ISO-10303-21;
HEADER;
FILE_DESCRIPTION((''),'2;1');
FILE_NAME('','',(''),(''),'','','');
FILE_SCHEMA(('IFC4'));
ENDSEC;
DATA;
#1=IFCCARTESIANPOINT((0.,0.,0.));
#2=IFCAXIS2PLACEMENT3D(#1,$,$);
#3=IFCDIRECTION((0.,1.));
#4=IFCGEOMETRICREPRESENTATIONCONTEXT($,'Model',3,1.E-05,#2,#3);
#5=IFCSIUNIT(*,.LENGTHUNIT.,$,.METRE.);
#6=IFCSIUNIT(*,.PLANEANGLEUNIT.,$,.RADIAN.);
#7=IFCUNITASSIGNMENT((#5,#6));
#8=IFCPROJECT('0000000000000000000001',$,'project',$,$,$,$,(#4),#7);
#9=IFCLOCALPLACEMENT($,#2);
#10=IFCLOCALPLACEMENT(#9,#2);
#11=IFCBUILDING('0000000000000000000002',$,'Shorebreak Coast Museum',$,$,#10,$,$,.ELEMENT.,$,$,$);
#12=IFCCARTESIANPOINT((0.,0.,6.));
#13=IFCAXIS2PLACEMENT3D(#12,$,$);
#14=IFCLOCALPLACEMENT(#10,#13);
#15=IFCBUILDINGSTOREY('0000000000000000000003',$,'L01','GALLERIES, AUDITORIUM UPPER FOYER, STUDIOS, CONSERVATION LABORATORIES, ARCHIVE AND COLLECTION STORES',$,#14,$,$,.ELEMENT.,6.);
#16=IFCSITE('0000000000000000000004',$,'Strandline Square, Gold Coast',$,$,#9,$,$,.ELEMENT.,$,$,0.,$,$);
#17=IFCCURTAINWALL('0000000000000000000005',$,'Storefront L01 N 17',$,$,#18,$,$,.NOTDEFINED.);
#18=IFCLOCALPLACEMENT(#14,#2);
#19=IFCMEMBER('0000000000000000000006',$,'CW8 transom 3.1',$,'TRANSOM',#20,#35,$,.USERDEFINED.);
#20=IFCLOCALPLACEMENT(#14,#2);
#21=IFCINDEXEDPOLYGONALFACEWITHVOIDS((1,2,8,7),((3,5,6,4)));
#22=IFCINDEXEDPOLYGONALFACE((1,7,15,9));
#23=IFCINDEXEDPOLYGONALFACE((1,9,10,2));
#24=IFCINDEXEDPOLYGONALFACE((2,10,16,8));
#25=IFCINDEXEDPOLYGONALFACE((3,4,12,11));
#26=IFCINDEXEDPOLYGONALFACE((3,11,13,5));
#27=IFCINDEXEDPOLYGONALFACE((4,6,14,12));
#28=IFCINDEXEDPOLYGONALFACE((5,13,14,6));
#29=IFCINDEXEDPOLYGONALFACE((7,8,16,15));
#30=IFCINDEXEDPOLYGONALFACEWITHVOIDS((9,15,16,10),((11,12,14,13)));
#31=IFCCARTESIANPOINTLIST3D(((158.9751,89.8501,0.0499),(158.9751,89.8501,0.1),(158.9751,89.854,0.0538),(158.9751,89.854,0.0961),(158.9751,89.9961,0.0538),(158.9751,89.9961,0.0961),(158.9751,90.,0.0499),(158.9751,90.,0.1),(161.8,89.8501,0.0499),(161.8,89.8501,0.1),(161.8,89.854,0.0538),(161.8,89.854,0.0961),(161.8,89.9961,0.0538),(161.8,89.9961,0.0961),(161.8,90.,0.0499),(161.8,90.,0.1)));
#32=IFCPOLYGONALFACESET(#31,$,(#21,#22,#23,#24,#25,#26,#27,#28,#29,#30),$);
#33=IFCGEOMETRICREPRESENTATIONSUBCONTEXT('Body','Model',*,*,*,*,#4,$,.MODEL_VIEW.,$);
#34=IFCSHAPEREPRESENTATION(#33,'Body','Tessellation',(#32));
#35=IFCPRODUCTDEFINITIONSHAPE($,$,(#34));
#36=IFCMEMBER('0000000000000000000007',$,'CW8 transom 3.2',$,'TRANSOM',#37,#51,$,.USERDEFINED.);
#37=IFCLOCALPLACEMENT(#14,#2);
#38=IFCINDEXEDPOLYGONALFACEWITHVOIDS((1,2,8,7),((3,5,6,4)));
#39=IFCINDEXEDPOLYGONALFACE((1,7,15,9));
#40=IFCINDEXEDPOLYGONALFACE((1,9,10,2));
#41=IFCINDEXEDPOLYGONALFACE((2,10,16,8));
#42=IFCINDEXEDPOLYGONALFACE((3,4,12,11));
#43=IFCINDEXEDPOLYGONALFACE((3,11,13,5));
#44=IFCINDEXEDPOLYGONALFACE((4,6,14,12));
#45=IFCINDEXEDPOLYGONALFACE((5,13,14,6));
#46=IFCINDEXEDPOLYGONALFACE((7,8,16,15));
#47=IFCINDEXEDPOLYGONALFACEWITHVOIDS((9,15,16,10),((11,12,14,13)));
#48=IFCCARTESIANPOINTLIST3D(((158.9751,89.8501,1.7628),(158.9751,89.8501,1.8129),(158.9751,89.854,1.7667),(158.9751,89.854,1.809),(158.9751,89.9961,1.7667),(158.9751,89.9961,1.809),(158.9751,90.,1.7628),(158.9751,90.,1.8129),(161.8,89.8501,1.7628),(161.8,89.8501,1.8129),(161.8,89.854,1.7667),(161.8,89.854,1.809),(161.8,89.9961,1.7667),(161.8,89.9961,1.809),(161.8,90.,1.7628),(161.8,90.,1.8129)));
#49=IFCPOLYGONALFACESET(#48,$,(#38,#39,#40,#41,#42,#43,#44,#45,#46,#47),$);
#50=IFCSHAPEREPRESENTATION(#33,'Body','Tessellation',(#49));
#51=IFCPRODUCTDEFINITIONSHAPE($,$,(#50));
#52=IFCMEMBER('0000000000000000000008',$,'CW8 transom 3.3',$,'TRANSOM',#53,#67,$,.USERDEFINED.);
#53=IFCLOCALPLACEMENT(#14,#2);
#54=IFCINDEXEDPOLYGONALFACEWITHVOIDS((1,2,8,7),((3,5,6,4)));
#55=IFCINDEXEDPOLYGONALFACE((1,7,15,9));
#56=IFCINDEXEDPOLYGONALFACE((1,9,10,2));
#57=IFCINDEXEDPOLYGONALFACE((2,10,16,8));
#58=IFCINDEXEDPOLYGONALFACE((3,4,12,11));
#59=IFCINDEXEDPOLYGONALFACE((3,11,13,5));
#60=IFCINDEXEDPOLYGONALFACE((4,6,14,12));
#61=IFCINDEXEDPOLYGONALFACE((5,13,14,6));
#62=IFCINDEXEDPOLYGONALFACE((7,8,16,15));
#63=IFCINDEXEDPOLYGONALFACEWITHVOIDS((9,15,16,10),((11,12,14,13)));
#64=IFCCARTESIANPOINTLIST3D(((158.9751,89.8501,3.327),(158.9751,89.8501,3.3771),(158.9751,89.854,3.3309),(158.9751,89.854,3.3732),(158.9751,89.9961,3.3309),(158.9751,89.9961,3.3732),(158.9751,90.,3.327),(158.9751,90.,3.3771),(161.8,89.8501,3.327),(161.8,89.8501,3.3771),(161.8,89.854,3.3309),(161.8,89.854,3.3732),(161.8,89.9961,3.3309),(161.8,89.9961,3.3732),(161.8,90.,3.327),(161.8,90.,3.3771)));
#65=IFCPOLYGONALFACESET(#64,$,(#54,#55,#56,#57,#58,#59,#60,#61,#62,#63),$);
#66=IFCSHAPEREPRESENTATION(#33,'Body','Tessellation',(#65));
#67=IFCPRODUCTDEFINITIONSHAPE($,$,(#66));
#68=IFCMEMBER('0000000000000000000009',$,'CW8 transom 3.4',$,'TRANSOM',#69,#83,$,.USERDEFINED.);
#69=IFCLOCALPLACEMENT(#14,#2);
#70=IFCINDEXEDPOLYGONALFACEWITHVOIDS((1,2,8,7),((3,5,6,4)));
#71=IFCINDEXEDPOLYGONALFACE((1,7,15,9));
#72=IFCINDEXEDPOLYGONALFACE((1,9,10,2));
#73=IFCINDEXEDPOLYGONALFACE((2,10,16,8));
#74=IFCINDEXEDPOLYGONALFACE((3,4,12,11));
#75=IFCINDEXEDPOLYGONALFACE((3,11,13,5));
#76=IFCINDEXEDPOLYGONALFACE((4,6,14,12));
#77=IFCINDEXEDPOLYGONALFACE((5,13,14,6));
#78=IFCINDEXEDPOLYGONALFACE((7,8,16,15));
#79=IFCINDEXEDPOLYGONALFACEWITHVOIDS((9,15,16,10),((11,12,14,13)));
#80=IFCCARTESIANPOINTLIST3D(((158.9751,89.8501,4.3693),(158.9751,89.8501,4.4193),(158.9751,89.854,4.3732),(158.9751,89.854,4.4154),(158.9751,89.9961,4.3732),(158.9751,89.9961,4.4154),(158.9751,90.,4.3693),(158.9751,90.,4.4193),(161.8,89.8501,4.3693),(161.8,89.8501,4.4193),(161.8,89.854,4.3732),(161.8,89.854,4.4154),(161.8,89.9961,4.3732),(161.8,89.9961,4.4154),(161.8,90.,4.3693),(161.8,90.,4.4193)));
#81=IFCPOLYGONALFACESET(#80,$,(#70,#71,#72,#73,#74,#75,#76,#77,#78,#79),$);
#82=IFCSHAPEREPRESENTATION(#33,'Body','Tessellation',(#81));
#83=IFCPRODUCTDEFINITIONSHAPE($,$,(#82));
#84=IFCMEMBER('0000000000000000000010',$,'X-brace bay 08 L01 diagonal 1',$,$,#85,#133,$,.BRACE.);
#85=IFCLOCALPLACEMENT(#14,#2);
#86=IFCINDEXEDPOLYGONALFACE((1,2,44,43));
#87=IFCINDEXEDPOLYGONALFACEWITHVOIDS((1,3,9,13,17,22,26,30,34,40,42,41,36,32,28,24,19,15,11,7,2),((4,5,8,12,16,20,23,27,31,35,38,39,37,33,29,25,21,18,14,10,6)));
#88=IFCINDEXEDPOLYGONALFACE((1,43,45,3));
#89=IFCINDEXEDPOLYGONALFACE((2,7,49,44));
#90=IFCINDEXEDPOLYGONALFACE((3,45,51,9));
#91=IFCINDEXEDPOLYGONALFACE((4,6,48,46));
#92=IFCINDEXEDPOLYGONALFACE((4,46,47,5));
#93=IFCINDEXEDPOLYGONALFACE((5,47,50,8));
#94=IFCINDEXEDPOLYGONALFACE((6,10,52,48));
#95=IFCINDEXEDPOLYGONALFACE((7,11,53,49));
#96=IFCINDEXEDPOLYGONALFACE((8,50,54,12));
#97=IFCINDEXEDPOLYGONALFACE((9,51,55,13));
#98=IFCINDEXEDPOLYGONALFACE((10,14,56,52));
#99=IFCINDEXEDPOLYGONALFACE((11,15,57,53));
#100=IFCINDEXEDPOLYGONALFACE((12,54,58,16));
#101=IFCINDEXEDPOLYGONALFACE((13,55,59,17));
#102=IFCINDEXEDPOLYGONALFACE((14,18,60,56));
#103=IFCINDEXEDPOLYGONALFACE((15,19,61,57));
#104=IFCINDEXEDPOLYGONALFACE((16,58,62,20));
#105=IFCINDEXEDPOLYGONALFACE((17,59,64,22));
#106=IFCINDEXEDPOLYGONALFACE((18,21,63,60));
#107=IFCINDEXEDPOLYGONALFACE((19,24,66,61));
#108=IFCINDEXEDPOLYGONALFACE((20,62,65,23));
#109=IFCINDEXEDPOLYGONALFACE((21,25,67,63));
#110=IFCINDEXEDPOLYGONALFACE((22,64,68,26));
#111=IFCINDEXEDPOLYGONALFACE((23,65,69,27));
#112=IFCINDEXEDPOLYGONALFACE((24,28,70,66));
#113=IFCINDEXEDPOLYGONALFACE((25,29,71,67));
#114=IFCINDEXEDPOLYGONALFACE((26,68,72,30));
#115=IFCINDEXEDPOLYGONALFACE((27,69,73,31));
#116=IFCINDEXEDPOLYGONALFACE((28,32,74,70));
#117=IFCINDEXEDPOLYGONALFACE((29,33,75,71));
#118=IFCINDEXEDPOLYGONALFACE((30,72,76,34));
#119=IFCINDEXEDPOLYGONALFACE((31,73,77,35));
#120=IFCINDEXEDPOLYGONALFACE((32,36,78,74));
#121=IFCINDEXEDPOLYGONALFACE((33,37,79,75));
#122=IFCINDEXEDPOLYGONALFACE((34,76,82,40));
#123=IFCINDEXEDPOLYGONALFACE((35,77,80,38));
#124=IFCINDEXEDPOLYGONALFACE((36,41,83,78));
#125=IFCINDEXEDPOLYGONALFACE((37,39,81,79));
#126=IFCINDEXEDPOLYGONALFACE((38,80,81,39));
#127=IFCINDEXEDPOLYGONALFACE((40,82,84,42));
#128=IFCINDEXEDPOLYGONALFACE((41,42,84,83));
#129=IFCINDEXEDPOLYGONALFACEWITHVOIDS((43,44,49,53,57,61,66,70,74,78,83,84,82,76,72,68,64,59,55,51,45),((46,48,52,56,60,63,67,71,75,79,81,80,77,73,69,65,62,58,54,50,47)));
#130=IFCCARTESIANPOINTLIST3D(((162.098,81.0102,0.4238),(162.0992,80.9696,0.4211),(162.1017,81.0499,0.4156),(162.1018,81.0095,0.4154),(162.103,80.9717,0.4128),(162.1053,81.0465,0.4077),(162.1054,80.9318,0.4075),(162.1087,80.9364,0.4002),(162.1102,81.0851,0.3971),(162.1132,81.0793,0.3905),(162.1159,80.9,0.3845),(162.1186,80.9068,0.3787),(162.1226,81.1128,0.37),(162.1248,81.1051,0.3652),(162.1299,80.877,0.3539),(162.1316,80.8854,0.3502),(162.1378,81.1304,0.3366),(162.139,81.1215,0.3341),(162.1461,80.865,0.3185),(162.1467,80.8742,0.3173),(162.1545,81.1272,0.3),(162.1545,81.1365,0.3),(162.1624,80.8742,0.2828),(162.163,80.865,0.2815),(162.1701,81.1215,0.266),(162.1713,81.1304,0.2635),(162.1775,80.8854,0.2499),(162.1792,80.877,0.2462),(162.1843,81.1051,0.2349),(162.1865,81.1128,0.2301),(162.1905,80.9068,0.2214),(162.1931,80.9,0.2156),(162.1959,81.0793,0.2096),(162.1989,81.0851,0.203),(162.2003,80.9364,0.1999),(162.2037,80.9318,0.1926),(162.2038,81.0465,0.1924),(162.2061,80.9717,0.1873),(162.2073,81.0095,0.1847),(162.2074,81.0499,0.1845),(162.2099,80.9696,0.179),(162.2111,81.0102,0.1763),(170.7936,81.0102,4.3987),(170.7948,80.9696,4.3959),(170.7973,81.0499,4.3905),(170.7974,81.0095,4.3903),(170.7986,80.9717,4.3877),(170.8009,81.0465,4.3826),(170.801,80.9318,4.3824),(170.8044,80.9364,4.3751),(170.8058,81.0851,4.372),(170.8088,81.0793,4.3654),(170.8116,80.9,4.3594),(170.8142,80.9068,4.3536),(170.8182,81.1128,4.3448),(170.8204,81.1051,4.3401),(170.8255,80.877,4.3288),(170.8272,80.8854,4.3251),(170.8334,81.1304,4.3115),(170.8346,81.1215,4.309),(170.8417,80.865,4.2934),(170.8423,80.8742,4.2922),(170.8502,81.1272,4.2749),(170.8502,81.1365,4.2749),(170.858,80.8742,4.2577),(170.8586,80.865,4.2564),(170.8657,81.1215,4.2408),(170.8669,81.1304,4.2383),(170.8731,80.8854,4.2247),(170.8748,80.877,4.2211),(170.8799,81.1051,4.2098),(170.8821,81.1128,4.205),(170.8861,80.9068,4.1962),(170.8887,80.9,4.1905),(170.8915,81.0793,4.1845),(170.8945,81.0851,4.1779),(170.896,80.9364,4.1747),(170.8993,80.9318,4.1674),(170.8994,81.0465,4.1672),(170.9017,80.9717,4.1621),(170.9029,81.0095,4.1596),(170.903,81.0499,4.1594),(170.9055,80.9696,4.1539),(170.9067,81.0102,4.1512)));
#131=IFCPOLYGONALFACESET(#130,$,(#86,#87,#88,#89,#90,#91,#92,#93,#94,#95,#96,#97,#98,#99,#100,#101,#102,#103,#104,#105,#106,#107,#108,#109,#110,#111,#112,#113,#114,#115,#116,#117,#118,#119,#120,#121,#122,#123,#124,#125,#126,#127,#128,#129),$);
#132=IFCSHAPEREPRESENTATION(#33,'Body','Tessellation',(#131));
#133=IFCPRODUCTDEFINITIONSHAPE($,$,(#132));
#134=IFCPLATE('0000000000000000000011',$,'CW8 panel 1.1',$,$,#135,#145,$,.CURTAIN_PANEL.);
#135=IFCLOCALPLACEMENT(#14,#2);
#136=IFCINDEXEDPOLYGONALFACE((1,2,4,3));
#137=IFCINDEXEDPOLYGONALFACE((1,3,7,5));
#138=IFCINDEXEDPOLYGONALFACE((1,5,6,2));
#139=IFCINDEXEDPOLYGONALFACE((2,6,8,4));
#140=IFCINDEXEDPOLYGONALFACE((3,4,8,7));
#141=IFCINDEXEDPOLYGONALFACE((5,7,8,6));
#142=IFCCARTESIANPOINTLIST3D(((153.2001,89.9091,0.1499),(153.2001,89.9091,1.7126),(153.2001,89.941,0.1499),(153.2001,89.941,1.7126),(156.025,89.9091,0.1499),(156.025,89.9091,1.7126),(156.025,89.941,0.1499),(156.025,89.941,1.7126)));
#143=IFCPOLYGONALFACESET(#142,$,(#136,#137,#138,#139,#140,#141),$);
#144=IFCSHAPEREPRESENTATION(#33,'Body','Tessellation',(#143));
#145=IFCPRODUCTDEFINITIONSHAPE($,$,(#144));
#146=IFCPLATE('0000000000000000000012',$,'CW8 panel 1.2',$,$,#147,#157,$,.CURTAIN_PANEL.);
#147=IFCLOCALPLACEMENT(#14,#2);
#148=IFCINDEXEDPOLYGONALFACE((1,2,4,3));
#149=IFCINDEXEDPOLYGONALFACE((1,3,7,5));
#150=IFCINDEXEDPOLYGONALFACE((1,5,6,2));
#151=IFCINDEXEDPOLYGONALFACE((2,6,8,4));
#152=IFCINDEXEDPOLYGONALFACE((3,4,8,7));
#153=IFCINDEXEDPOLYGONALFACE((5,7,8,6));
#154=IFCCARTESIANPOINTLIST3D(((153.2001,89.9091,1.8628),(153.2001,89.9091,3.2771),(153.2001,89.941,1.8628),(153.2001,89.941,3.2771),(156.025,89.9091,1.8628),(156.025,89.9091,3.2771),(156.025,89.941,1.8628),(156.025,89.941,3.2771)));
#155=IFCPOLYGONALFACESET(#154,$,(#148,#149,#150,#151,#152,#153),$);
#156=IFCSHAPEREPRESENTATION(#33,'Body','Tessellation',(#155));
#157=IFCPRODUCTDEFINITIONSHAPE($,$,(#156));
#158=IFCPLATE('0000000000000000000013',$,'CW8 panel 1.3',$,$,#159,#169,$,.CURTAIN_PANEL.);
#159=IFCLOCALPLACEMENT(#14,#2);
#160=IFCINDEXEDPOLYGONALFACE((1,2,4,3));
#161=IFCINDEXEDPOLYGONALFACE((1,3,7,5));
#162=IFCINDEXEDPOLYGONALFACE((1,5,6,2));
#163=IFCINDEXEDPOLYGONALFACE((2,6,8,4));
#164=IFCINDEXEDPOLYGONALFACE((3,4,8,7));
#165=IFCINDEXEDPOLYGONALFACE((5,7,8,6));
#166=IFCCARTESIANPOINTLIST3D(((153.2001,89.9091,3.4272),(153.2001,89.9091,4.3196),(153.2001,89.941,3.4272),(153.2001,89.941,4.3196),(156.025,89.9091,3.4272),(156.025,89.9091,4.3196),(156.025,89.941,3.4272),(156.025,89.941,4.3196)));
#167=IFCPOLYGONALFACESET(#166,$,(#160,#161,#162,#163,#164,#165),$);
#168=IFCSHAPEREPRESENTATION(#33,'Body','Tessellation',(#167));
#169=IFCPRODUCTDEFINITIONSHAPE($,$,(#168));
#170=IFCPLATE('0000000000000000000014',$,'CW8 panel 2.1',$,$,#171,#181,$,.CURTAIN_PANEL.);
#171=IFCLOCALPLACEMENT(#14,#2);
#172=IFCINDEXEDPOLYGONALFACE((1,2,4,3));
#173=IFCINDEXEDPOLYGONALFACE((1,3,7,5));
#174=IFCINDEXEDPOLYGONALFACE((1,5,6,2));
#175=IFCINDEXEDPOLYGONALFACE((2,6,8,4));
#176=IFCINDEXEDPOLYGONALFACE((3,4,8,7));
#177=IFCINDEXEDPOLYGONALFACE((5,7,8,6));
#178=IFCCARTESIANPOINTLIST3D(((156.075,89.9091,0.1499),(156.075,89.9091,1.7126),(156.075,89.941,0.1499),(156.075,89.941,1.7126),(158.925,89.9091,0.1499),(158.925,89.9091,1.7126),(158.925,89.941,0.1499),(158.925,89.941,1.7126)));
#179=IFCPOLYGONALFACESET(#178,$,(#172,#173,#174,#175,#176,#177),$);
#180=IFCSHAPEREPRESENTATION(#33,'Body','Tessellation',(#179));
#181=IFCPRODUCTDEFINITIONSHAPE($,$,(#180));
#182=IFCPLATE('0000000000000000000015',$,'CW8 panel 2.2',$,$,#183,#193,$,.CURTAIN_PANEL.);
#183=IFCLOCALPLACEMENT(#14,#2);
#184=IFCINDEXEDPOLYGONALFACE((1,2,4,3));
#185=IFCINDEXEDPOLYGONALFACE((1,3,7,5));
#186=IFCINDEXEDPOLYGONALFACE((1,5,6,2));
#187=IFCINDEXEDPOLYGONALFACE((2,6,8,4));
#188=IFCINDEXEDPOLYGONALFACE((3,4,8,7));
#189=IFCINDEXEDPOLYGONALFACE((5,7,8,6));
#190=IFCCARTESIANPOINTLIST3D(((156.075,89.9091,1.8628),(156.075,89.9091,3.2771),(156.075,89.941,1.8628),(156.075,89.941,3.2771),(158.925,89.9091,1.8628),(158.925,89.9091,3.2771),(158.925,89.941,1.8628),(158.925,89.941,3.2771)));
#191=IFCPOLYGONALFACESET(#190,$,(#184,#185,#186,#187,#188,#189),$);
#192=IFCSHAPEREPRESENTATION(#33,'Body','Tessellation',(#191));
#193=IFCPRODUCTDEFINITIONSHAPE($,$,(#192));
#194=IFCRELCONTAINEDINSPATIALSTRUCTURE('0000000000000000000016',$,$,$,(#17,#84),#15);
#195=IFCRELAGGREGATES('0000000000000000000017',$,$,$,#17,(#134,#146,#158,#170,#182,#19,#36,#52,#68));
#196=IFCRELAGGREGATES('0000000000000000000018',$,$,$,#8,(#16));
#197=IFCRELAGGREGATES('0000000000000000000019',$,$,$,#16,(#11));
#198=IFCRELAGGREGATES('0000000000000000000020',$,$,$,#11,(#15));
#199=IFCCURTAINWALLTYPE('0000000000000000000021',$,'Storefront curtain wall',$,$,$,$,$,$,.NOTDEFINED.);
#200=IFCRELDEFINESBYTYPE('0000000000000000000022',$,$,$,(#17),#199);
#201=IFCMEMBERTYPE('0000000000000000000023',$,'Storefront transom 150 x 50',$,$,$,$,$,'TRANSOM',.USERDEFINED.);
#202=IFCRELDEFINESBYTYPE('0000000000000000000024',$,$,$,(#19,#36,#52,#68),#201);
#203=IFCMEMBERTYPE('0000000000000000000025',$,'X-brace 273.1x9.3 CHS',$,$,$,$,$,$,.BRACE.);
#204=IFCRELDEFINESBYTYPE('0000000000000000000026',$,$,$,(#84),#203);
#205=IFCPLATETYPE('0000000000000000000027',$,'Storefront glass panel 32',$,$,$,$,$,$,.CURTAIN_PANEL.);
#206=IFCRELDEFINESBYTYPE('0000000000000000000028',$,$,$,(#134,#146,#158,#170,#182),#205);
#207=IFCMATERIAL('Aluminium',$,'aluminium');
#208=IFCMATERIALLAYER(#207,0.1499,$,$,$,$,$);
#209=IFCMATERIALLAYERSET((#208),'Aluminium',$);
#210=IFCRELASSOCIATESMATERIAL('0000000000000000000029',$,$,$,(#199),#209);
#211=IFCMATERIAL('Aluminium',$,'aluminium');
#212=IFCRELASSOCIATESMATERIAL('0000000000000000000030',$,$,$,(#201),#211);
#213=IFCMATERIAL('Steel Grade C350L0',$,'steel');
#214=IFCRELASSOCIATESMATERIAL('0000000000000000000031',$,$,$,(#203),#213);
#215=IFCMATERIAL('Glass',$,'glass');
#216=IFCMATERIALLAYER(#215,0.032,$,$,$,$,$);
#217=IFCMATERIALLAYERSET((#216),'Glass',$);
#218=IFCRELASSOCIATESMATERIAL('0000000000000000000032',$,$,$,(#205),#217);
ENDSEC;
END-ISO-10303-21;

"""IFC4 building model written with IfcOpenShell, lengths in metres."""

from ifc_helpers import new_model, si_unit, direction, frame, origin, origin_2d, place, context, subcontext, project, spatial, rectangle, hollow_rectangle, hollow_circle, extrude, material, layer, layer_set, material_profile, profile_set, type_object, element, aggregate, save


model = new_model("IFC4")

# Units and contexts
model_context = context("Model", 3, precision=1e-05, world=origin(), true_north=direction((0.0, 1.0)))
body_context = subcontext(model_context, "Body", "Model", "MODEL_VIEW")
ifc_project = project(units=[si_unit("LENGTHUNIT", "METRE"), si_unit("PLANEANGLEUNIT", "RADIAN")], contexts=[model_context])

# Site, building, storey
site_placement = place(None, origin())
site = spatial("IfcSite", under=ifc_project, at=site_placement, Name="Strandline Square, Gold Coast", CompositionType="ELEMENT", RefElevation=0.0)
building_placement = place(site_placement, origin())
building = spatial("IfcBuilding", under=site, at=building_placement, Name="Shorebreak Coast Museum", CompositionType="ELEMENT")
storey_placement = place(building_placement, frame((0.0, 0.0, 6.0)))
storey = spatial("IfcBuildingStorey", under=building, at=storey_placement, Name="L01", Description="GALLERIES, AUDITORIUM UPPER FOYER, STUDIOS, CONSERVATION LABORATORIES, ARCHIVE AND COLLECTION STORES", CompositionType="ELEMENT", Elevation=6.0)

# Curtain wall, members
ifc_material_1 = material(Name="Aluminium", Category="aluminium")
ifc_layer_1 = layer(ifc_material_1, 0.1499)
ifc_layer_set_1 = layer_set([ifc_layer_1], Name="Aluminium")
curtain_wall_type = type_object("IfcCurtainWallType", Name="Storefront curtain wall", PredefinedType="NOTDEFINED", material=ifc_layer_set_1)
curtain_wall_placement = place(storey_placement, origin())
curtain_wall = element("IfcCurtainWall", 1, at=curtain_wall_placement, inside=storey, type_object=curtain_wall_type, Name="Storefront L01 N 17", PredefinedType="NOTDEFINED")
ifc_material_2 = material(Name="Aluminium", Category="aluminium")
ifc_material_profile_1 = material_profile(ifc_material_2, hollow_rectangle(XDim=0.1499, YDim=0.05, WallThickness=0.0039, at=origin_2d()), Name="AL 50x150 RHS")
ifc_profile_set_1 = profile_set([ifc_material_profile_1], Name="Aluminium")
member_type_1 = type_object("IfcMemberType", Name="Storefront transom 150 x 50", ElementType="TRANSOM", PredefinedType="USERDEFINED", material=ifc_profile_set_1)
member_1_placement = place(storey_placement, frame((158.9751, 89.925, 0.075), z_axis=(1.0, 0.0, 0.0), x_axis=(0.0, 1.0, 0.0)))
member_1 = element("IfcMember", 2, at=member_1_placement, type_object=member_type_1, Name="CW8 transom 3.1", ObjectType="TRANSOM", PredefinedType="USERDEFINED", context=body_context, shape_type="SweptSolid", body=[
    extrude(hollow_rectangle(XDim=0.1499, YDim=0.05, WallThickness=0.0039, at=origin_2d()), origin(), (0.0, 0.0, 1.0), 2.825),
])
member_2_placement = place(storey_placement, frame((158.9751, 89.925, 1.7878), z_axis=(1.0, 0.0, 0.0), x_axis=(0.0, 1.0, 0.0)))
member_2 = element("IfcMember", 3, at=member_2_placement, type_object=member_type_1, Name="CW8 transom 3.2", ObjectType="TRANSOM", PredefinedType="USERDEFINED", context=body_context, shape_type="SweptSolid", body=[
    extrude(hollow_rectangle(XDim=0.1499, YDim=0.05, WallThickness=0.0039, at=origin_2d()), origin(), (0.0, 0.0, 1.0), 2.825),
])
member_3_placement = place(storey_placement, frame((158.9751, 89.925, 3.3521), z_axis=(1.0, 0.0, 0.0), x_axis=(0.0, 1.0, 0.0)))
member_3 = element("IfcMember", 4, at=member_3_placement, type_object=member_type_1, Name="CW8 transom 3.3", ObjectType="TRANSOM", PredefinedType="USERDEFINED", context=body_context, shape_type="SweptSolid", body=[
    extrude(hollow_rectangle(XDim=0.1499, YDim=0.05, WallThickness=0.0039, at=origin_2d()), origin(), (0.0, 0.0, 1.0), 2.825),
])
member_4_placement = place(storey_placement, frame((158.9751, 89.925, 4.3943), z_axis=(1.0, 0.0, 0.0), x_axis=(0.0, 1.0, 0.0)))
member_4 = element("IfcMember", 5, at=member_4_placement, type_object=member_type_1, Name="CW8 transom 3.4", ObjectType="TRANSOM", PredefinedType="USERDEFINED", context=body_context, shape_type="SweptSolid", body=[
    extrude(hollow_rectangle(XDim=0.1499, YDim=0.05, WallThickness=0.0039, at=origin_2d()), origin(), (0.0, 0.0, 1.0), 2.825),
])

# Member
ifc_material_3 = material(Name="Steel Grade C350L0", Category="steel")
ifc_material_profile_2 = material_profile(ifc_material_3, hollow_circle(Radius=0.1365, WallThickness=0.0093, at=origin_2d()), Name="273.1x9.3 CHS")
ifc_profile_set_2 = profile_set([ifc_material_profile_2], Name="Steel Grade C350L0")
member_type_2 = type_object("IfcMemberType", Name="X-brace 273.1x9.3 CHS", PredefinedType="BRACE", material=ifc_profile_set_2)
member_5_placement = place(storey_placement, frame((162.1545, 81.0, 0.3), z_axis=(0.909485, 0.0, 0.415737), x_axis=(0.0, 1.0, 0.0)))
element("IfcMember", 6, at=member_5_placement, inside=storey, type_object=member_type_2, Name="X-brace bay 08 L01 diagonal 1", PredefinedType="BRACE", context=body_context, shape_type="SweptSolid", body=[
    extrude(hollow_circle(Radius=0.1365, WallThickness=0.0093, at=origin_2d()), origin(), (0.0, 0.0, 1.0), 9.561),
])

# Plates
ifc_material_4 = material(Name="Glass", Category="glass")
ifc_layer_2 = layer(ifc_material_4, 0.032)
ifc_layer_set_2 = layer_set([ifc_layer_2], Name="Glass")
plate_type = type_object("IfcPlateType", Name="Storefront glass panel 32", PredefinedType="CURTAIN_PANEL", material=ifc_layer_set_2)
plate_1_placement = place(storey_placement, frame((154.6125, 89.925, 0.1499), z_axis=(0.0, 0.0, 1.0), x_axis=(1.0, 0.0, 0.0)))
plate_1 = element("IfcPlate", 7, at=plate_1_placement, type_object=plate_type, Name="CW8 panel 1.1", PredefinedType="CURTAIN_PANEL", context=body_context, shape_type="SweptSolid", body=[
    extrude(rectangle(XDim=2.825, YDim=0.032, at=origin_2d()), origin(), (0.0, 0.0, 1.0), 1.5627),
])
plate_2_placement = place(storey_placement, frame((154.6125, 89.925, 1.8628), z_axis=(0.0, 0.0, 1.0), x_axis=(1.0, 0.0, 0.0)))
plate_2 = element("IfcPlate", 8, at=plate_2_placement, type_object=plate_type, Name="CW8 panel 1.2", PredefinedType="CURTAIN_PANEL", context=body_context, shape_type="SweptSolid", body=[
    extrude(rectangle(XDim=2.825, YDim=0.032, at=origin_2d()), origin(), (0.0, 0.0, 1.0), 1.4143),
])
plate_3_placement = place(storey_placement, frame((154.6125, 89.925, 3.4272), z_axis=(0.0, 0.0, 1.0), x_axis=(1.0, 0.0, 0.0)))
plate_3 = element("IfcPlate", 9, at=plate_3_placement, type_object=plate_type, Name="CW8 panel 1.3", PredefinedType="CURTAIN_PANEL", context=body_context, shape_type="SweptSolid", body=[
    extrude(rectangle(XDim=2.825, YDim=0.032, at=origin_2d()), origin(), (0.0, 0.0, 1.0), 0.8923),
])
plate_4_placement = place(storey_placement, frame((157.5, 89.925, 0.1499), z_axis=(0.0, 0.0, 1.0), x_axis=(1.0, 0.0, 0.0)))
plate_4 = element("IfcPlate", 10, at=plate_4_placement, type_object=plate_type, Name="CW8 panel 2.1", PredefinedType="CURTAIN_PANEL", context=body_context, shape_type="SweptSolid", body=[
    extrude(rectangle(XDim=2.8501, YDim=0.032, at=origin_2d()), origin(), (0.0, 0.0, 1.0), 1.5627),
])
plate_5_placement = place(storey_placement, frame((157.5, 89.925, 1.8628), z_axis=(0.0, 0.0, 1.0), x_axis=(1.0, 0.0, 0.0)))
plate_5 = element("IfcPlate", 11, at=plate_5_placement, type_object=plate_type, Name="CW8 panel 2.2", PredefinedType="CURTAIN_PANEL", context=body_context, shape_type="SweptSolid", body=[
    extrude(rectangle(XDim=2.8501, YDim=0.032, at=origin_2d()), origin(), (0.0, 0.0, 1.0), 1.4143),
])
aggregate(curtain_wall, [plate_1, plate_2, plate_3, plate_4, plate_5, member_1, member_2, member_3, member_4])

save(model, "model.ifc")
